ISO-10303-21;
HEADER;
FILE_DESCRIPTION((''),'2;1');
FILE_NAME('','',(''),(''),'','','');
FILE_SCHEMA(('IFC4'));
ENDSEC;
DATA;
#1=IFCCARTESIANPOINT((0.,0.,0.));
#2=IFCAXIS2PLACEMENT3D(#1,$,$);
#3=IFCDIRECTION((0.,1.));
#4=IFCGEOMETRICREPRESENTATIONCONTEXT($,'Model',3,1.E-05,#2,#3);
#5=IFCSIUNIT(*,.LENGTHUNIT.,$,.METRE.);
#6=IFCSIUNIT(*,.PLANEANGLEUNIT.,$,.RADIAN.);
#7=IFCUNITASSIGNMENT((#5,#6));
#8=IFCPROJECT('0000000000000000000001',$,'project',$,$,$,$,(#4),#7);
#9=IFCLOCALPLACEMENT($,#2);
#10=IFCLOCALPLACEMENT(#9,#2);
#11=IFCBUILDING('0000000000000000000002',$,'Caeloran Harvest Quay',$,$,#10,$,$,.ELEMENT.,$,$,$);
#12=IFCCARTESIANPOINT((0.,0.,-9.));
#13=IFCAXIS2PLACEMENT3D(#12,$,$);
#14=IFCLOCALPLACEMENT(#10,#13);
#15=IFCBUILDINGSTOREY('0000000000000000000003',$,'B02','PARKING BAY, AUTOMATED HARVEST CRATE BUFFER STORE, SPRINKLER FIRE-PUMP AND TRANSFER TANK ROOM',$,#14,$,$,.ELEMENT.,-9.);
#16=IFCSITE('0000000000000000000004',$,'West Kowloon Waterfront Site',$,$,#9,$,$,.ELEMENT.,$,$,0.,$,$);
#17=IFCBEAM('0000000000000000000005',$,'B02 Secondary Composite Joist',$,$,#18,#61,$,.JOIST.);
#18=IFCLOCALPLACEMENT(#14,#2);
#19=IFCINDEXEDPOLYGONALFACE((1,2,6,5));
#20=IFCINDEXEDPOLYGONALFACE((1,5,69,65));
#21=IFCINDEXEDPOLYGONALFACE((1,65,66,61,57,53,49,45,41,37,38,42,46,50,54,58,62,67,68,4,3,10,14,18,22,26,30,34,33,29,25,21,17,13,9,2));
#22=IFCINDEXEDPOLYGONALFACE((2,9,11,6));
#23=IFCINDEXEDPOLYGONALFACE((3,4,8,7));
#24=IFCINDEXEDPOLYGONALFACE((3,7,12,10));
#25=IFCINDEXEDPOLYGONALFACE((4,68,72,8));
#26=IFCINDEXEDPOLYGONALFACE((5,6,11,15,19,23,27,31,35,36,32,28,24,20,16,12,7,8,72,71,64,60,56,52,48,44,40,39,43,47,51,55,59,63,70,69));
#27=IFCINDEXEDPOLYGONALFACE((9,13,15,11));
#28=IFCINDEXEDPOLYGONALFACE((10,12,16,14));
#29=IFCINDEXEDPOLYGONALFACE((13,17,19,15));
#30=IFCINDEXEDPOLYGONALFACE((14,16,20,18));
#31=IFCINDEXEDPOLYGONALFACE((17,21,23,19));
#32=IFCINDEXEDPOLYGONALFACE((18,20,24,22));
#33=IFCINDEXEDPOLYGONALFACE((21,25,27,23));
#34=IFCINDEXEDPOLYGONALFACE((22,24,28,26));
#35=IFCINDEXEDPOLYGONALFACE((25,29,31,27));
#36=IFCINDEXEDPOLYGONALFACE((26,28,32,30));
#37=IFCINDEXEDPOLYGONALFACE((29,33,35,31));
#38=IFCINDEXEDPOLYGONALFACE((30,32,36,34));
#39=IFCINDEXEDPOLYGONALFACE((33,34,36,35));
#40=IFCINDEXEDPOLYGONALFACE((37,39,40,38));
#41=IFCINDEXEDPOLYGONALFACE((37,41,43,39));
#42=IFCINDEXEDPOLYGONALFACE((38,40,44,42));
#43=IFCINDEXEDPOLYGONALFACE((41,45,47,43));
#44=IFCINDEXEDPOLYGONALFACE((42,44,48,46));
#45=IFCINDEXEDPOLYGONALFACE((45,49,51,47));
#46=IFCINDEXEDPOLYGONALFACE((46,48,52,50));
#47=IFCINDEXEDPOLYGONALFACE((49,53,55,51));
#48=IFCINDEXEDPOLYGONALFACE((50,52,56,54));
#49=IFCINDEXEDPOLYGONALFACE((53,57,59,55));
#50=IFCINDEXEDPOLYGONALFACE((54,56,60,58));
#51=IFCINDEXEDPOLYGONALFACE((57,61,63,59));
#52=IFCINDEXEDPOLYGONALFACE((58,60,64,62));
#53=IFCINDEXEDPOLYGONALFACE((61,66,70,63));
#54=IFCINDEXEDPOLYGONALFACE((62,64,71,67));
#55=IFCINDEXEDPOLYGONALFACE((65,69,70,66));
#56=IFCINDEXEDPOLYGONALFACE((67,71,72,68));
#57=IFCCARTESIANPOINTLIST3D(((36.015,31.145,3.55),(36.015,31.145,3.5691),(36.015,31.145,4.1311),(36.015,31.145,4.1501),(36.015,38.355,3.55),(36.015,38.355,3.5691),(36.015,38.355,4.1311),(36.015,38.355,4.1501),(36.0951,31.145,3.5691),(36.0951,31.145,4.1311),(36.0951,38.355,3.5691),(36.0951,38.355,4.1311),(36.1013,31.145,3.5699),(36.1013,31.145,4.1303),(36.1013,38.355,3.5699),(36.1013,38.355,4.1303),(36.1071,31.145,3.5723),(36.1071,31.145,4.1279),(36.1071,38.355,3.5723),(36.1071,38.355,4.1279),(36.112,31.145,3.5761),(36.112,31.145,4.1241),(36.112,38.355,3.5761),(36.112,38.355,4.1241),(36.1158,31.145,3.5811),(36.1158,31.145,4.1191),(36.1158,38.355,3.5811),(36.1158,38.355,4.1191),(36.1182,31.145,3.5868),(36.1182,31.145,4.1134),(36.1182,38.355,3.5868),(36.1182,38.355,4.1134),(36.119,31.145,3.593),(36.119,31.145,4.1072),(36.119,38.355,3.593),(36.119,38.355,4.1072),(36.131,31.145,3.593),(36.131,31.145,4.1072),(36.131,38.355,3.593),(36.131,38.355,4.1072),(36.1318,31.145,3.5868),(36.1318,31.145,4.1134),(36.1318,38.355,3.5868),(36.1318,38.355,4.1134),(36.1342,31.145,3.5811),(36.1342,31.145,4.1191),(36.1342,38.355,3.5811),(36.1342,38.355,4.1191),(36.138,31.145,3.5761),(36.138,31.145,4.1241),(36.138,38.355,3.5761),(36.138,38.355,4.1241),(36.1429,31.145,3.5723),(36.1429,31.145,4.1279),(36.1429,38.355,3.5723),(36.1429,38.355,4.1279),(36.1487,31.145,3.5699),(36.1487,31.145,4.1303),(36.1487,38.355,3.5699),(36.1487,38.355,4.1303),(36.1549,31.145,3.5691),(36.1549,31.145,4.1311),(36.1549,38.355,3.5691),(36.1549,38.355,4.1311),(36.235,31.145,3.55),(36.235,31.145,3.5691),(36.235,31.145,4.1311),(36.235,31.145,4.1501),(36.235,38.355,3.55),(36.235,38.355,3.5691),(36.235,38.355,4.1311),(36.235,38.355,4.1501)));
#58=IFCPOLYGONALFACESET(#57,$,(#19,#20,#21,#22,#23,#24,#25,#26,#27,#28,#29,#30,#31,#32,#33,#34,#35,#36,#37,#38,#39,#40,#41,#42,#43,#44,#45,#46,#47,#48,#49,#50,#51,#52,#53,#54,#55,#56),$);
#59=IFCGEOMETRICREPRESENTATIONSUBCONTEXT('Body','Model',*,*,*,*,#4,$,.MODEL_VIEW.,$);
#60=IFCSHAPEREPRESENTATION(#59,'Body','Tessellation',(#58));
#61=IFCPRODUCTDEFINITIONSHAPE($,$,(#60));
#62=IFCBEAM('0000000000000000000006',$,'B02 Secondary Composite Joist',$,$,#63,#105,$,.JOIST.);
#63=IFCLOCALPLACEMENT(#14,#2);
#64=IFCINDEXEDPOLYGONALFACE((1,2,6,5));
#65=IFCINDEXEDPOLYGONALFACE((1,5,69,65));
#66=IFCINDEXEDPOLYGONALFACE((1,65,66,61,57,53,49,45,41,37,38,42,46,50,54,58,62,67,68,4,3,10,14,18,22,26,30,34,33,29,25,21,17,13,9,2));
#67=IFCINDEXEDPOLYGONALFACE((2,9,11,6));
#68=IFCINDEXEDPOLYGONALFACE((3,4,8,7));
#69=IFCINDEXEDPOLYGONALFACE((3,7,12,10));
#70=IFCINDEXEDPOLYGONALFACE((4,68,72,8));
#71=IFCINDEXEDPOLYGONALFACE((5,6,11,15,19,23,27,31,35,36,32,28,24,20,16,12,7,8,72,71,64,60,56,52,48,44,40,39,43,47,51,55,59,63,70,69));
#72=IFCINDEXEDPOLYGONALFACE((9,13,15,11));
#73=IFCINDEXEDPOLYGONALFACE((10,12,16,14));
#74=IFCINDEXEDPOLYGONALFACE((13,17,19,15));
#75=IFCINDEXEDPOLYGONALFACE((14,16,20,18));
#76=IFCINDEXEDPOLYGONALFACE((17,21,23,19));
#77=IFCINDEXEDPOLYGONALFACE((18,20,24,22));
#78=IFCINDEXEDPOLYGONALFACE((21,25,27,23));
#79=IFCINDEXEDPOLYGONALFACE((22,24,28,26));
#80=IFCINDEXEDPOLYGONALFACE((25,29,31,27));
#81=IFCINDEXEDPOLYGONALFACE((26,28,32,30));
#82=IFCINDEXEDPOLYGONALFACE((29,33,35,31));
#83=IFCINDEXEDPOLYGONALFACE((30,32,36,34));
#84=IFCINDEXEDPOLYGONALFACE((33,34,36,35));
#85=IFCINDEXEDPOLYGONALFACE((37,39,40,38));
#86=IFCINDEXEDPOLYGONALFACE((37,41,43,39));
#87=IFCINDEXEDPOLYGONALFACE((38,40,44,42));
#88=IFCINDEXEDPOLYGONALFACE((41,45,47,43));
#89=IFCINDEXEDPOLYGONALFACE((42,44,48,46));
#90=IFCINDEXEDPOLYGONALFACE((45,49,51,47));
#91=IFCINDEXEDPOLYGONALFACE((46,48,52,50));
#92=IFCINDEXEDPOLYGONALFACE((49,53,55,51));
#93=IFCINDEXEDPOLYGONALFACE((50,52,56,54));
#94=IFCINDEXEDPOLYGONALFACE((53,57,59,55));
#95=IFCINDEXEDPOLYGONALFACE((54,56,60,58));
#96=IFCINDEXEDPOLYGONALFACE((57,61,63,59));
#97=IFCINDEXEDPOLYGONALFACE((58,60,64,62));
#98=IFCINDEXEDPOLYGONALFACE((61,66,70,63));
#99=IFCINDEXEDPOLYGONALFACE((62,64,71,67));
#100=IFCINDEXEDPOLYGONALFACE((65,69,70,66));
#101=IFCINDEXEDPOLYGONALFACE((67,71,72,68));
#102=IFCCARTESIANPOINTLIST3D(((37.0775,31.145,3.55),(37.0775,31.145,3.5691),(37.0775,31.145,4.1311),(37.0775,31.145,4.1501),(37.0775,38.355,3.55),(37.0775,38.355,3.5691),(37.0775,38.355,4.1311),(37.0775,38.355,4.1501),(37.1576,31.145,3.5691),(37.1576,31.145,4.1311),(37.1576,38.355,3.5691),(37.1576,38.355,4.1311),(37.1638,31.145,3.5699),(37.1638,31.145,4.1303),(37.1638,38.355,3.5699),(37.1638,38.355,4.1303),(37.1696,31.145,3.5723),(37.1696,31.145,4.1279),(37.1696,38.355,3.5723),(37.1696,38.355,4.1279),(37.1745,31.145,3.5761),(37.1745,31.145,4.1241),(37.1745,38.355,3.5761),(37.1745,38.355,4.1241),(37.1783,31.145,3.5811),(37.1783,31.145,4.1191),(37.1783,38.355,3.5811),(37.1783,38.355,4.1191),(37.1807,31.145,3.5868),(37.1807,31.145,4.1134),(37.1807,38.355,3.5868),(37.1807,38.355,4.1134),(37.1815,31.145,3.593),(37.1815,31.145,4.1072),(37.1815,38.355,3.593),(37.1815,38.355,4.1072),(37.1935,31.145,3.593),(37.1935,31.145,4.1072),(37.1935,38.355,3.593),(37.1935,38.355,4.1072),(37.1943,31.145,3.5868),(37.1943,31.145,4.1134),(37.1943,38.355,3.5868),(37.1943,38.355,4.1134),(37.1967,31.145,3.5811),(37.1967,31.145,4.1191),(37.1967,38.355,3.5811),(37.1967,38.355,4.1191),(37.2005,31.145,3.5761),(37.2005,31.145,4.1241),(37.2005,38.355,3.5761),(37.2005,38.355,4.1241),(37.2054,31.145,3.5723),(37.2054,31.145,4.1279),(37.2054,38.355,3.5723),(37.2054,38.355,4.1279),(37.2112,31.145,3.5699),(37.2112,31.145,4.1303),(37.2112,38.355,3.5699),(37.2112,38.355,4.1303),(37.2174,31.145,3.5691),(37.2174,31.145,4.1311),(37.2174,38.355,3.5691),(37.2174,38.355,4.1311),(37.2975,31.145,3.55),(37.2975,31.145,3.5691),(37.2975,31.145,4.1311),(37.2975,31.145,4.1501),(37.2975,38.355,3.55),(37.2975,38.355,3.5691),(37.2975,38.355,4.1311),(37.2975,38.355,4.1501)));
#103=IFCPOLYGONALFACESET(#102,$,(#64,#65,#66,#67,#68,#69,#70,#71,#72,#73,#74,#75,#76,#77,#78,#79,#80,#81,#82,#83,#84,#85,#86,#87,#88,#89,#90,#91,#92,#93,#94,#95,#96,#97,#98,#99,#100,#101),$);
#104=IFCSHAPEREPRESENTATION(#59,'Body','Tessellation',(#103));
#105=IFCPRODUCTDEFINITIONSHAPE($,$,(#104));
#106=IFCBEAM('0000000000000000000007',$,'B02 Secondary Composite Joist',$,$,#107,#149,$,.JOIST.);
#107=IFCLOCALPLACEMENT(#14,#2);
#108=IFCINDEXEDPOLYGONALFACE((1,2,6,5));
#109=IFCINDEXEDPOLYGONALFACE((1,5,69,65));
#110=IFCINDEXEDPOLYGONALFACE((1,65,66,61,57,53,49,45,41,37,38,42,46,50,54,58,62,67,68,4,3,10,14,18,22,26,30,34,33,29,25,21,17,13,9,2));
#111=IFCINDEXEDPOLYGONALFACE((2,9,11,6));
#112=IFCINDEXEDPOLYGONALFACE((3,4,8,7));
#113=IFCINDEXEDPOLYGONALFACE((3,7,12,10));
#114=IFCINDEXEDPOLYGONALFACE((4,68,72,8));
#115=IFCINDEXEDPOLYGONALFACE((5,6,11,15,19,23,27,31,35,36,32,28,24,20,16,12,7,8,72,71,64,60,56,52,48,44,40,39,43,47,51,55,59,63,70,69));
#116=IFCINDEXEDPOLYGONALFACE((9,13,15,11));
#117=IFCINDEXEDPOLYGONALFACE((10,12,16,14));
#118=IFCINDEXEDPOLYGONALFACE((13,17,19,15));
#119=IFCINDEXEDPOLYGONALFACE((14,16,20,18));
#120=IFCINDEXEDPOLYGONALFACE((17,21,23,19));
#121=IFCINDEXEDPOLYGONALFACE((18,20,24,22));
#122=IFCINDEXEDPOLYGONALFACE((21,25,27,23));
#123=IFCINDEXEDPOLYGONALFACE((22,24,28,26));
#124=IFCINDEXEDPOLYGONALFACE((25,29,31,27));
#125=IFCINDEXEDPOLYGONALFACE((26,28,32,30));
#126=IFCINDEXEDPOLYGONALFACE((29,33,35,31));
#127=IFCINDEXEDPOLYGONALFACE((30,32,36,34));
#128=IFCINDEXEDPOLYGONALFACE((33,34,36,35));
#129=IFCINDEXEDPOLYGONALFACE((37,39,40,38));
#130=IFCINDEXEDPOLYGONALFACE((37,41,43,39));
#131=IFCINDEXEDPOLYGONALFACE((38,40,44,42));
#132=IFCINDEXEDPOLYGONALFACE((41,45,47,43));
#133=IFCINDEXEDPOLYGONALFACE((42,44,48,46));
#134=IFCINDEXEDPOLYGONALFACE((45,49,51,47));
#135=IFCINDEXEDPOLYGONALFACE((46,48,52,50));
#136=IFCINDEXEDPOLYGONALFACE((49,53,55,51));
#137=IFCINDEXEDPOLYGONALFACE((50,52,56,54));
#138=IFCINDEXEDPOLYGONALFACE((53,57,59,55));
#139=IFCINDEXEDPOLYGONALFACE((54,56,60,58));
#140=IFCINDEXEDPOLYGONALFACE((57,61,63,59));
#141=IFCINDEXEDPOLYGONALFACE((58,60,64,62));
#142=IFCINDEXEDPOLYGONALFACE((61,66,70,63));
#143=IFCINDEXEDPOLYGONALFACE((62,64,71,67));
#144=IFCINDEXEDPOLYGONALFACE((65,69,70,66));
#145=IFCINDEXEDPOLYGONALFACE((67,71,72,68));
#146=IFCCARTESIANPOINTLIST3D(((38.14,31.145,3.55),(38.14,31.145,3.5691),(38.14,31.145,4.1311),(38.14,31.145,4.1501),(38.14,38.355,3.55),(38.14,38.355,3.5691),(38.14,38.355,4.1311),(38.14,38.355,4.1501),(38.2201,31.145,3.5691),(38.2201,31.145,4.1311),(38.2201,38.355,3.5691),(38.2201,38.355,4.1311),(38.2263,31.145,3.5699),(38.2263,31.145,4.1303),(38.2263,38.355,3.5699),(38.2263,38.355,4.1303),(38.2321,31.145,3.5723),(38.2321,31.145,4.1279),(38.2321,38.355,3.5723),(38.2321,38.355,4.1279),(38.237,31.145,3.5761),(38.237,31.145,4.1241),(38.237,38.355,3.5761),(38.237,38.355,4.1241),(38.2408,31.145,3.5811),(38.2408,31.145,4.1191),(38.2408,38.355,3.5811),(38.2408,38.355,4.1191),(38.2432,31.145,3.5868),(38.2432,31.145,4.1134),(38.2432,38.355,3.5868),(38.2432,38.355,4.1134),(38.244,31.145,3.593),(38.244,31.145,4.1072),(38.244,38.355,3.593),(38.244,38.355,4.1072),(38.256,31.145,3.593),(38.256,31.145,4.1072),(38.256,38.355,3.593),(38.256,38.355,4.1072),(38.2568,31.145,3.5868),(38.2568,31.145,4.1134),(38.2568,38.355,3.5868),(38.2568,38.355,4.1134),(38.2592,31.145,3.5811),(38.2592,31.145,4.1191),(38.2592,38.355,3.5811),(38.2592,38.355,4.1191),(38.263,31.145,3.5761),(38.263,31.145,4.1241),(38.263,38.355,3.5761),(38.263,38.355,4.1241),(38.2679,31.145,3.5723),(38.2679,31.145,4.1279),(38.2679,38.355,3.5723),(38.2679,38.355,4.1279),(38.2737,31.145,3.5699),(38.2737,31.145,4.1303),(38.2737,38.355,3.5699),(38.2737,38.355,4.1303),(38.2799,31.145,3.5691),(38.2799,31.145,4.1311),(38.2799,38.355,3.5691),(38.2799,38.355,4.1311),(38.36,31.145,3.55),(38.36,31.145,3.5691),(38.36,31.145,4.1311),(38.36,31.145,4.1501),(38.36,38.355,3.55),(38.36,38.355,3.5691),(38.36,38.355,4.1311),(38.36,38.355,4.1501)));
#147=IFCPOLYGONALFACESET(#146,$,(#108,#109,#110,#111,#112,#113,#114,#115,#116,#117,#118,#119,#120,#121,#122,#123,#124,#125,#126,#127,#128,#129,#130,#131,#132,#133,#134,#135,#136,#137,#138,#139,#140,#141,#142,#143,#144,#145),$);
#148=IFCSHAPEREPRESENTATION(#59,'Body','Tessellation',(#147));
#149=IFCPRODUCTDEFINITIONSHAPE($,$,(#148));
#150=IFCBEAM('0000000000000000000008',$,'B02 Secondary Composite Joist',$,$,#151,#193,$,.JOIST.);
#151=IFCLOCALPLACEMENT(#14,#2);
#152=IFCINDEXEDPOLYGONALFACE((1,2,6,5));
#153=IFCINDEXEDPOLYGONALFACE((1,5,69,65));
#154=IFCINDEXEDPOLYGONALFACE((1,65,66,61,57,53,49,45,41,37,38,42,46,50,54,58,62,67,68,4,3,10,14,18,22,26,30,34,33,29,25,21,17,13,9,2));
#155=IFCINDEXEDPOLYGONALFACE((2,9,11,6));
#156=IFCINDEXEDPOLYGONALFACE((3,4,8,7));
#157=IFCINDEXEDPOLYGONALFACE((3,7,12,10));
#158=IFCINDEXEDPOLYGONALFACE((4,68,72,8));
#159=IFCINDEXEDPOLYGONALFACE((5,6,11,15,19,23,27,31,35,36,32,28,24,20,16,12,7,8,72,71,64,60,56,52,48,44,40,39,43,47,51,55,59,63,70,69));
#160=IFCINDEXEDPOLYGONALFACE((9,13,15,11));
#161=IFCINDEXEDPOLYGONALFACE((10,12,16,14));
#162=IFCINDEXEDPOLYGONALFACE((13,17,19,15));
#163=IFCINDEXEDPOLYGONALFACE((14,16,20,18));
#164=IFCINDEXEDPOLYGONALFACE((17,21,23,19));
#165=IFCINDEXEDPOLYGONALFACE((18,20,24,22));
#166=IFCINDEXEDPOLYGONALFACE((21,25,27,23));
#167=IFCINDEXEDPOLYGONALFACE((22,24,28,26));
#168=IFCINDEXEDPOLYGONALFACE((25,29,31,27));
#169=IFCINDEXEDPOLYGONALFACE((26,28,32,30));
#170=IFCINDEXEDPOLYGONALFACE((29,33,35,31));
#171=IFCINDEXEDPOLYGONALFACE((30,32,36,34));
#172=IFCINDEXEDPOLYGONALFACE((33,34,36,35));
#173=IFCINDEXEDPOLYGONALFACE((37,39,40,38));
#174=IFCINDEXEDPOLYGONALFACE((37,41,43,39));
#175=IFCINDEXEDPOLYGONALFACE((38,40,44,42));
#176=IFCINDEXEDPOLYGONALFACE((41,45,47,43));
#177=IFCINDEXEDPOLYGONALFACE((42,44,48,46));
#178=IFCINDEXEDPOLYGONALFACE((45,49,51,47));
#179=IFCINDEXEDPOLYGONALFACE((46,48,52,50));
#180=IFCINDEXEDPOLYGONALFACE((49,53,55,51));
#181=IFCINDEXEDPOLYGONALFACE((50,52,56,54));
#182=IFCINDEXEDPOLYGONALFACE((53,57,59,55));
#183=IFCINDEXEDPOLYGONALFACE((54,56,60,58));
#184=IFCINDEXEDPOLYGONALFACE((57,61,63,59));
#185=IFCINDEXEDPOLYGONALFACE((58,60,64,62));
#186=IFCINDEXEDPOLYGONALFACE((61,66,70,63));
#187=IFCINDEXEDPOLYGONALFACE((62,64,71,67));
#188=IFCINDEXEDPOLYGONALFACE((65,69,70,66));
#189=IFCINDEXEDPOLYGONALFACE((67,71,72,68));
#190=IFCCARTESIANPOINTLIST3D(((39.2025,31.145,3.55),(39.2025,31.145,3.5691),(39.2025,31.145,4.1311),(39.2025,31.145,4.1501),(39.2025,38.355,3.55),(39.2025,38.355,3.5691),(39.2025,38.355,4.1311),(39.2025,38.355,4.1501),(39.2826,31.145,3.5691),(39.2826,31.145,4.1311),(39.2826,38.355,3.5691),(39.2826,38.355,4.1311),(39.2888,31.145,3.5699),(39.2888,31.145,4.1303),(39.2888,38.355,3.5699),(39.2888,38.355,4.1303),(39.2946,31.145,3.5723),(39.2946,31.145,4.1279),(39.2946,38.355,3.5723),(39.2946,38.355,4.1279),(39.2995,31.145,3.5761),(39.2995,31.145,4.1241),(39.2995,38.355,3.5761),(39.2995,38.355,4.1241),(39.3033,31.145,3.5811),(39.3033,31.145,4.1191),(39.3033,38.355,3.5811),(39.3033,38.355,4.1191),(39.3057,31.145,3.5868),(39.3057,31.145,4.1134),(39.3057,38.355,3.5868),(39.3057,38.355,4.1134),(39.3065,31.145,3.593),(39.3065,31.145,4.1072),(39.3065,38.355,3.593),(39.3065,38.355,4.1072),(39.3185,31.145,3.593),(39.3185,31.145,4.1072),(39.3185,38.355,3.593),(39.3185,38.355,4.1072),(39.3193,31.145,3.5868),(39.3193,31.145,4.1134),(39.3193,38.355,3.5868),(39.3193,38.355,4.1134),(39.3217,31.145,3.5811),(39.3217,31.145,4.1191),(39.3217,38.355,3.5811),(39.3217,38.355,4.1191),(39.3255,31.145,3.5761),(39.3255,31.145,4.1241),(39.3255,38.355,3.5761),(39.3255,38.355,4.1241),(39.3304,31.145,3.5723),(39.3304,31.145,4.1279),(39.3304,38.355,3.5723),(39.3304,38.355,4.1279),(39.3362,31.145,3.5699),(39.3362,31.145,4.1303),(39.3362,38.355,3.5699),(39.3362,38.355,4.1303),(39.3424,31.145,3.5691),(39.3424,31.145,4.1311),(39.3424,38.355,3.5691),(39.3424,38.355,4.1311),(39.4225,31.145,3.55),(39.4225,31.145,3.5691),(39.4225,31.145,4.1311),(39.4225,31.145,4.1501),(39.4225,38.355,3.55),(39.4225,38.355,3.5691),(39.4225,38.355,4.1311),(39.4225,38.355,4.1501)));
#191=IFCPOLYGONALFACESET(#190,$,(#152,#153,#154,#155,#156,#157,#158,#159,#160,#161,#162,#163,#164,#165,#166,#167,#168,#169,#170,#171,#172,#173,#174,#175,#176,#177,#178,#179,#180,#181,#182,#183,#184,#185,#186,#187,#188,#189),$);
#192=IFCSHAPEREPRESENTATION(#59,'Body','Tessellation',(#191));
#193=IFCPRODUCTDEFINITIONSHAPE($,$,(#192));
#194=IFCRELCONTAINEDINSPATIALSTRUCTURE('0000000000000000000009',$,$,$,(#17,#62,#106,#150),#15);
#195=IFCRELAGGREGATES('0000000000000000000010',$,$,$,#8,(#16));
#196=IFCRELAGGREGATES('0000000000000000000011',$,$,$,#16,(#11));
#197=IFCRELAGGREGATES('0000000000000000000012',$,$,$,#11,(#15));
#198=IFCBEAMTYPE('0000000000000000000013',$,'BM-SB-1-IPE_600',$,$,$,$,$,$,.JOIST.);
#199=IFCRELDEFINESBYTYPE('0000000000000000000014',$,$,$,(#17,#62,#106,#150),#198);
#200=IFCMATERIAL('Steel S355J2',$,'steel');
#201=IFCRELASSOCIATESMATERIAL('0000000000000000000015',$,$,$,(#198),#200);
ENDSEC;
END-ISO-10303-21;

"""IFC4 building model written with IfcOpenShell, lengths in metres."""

from ifc_helpers import new_model, si_unit, direction, frame, origin, origin_2d, place, context, subcontext, project, spatial, i_section, extrude, material, material_profile, profile_set, type_object, element, save


model = new_model("IFC4")

# Units and contexts
model_context = context("Model", 3, precision=1e-05, world=origin(), true_north=direction((0.0, 1.0)))
body_context = subcontext(model_context, "Body", "Model", "MODEL_VIEW")
ifc_project = project(units=[si_unit("LENGTHUNIT", "METRE"), si_unit("PLANEANGLEUNIT", "RADIAN")], contexts=[model_context])

# Site, building, storey
site_placement = place(None, origin())
site = spatial("IfcSite", under=ifc_project, at=site_placement, Name="West Kowloon Waterfront Site", CompositionType="ELEMENT", RefElevation=0.0)
building_placement = place(site_placement, origin())
building = spatial("IfcBuilding", under=site, at=building_placement, Name="Caeloran Harvest Quay", CompositionType="ELEMENT")
storey_placement = place(building_placement, frame((0.0, 0.0, -9.0)))
storey = spatial("IfcBuildingStorey", under=building, at=storey_placement, Name="B02", Description="PARKING BAY, AUTOMATED HARVEST CRATE BUFFER STORE, SPRINKLER FIRE-PUMP AND TRANSFER TANK ROOM", CompositionType="ELEMENT", Elevation=-9.0)

# Beams
ifc_material = material(Name="Steel S355J2", Category="steel")
ifc_material_profile_1 = material_profile(ifc_material, i_section(OverallWidth=0.22, OverallDepth=0.6001, WebThickness=0.012, FlangeThickness=0.019, FilletRadius=0.0239, at=origin_2d()), Name="IPE 600")
ifc_profile_set_1 = profile_set([ifc_material_profile_1], Name="Steel S355J2")
beam_type_1 = type_object("IfcBeamType", Name="BM-SB-1-IPE_600", PredefinedType="JOIST", material=ifc_profile_set_1)
for number, where, z_axis, x_axis, name in (
    (1, (36.125, 31.145, 3.8501), (0.0, 1.0, 0.0), (-1.0, 0.0, 0.0), "B02 Secondary Composite Joist"),
    (2, (37.1875, 31.145, 3.8501), (0.0, 1.0, 0.0), (-1.0, 0.0, 0.0), "B02 Secondary Composite Joist"),
    (3, (38.25, 31.145, 3.8501), (0.0, 1.0, 0.0), (-1.0, 0.0, 0.0), "B02 Secondary Composite Joist"),
    (4, (39.3125, 31.145, 3.8501), (0.0, 1.0, 0.0), (-1.0, 0.0, 0.0), "B02 Secondary Composite Joist"),
):
    element("IfcBeam", number, at=place(storey_placement, frame(where, z_axis=z_axis, x_axis=x_axis)), inside=storey, type_object=beam_type_1, Name=name, PredefinedType="JOIST", context=body_context, shape_type="SweptSolid", body=[
        extrude(i_section(OverallWidth=0.22, OverallDepth=0.6001, WebThickness=0.012, FlangeThickness=0.019, FilletRadius=0.0239, at=origin_2d()), origin(), (0.0, 0.0, 1.0), 7.21),
    ])

save(model, "model.ifc")
